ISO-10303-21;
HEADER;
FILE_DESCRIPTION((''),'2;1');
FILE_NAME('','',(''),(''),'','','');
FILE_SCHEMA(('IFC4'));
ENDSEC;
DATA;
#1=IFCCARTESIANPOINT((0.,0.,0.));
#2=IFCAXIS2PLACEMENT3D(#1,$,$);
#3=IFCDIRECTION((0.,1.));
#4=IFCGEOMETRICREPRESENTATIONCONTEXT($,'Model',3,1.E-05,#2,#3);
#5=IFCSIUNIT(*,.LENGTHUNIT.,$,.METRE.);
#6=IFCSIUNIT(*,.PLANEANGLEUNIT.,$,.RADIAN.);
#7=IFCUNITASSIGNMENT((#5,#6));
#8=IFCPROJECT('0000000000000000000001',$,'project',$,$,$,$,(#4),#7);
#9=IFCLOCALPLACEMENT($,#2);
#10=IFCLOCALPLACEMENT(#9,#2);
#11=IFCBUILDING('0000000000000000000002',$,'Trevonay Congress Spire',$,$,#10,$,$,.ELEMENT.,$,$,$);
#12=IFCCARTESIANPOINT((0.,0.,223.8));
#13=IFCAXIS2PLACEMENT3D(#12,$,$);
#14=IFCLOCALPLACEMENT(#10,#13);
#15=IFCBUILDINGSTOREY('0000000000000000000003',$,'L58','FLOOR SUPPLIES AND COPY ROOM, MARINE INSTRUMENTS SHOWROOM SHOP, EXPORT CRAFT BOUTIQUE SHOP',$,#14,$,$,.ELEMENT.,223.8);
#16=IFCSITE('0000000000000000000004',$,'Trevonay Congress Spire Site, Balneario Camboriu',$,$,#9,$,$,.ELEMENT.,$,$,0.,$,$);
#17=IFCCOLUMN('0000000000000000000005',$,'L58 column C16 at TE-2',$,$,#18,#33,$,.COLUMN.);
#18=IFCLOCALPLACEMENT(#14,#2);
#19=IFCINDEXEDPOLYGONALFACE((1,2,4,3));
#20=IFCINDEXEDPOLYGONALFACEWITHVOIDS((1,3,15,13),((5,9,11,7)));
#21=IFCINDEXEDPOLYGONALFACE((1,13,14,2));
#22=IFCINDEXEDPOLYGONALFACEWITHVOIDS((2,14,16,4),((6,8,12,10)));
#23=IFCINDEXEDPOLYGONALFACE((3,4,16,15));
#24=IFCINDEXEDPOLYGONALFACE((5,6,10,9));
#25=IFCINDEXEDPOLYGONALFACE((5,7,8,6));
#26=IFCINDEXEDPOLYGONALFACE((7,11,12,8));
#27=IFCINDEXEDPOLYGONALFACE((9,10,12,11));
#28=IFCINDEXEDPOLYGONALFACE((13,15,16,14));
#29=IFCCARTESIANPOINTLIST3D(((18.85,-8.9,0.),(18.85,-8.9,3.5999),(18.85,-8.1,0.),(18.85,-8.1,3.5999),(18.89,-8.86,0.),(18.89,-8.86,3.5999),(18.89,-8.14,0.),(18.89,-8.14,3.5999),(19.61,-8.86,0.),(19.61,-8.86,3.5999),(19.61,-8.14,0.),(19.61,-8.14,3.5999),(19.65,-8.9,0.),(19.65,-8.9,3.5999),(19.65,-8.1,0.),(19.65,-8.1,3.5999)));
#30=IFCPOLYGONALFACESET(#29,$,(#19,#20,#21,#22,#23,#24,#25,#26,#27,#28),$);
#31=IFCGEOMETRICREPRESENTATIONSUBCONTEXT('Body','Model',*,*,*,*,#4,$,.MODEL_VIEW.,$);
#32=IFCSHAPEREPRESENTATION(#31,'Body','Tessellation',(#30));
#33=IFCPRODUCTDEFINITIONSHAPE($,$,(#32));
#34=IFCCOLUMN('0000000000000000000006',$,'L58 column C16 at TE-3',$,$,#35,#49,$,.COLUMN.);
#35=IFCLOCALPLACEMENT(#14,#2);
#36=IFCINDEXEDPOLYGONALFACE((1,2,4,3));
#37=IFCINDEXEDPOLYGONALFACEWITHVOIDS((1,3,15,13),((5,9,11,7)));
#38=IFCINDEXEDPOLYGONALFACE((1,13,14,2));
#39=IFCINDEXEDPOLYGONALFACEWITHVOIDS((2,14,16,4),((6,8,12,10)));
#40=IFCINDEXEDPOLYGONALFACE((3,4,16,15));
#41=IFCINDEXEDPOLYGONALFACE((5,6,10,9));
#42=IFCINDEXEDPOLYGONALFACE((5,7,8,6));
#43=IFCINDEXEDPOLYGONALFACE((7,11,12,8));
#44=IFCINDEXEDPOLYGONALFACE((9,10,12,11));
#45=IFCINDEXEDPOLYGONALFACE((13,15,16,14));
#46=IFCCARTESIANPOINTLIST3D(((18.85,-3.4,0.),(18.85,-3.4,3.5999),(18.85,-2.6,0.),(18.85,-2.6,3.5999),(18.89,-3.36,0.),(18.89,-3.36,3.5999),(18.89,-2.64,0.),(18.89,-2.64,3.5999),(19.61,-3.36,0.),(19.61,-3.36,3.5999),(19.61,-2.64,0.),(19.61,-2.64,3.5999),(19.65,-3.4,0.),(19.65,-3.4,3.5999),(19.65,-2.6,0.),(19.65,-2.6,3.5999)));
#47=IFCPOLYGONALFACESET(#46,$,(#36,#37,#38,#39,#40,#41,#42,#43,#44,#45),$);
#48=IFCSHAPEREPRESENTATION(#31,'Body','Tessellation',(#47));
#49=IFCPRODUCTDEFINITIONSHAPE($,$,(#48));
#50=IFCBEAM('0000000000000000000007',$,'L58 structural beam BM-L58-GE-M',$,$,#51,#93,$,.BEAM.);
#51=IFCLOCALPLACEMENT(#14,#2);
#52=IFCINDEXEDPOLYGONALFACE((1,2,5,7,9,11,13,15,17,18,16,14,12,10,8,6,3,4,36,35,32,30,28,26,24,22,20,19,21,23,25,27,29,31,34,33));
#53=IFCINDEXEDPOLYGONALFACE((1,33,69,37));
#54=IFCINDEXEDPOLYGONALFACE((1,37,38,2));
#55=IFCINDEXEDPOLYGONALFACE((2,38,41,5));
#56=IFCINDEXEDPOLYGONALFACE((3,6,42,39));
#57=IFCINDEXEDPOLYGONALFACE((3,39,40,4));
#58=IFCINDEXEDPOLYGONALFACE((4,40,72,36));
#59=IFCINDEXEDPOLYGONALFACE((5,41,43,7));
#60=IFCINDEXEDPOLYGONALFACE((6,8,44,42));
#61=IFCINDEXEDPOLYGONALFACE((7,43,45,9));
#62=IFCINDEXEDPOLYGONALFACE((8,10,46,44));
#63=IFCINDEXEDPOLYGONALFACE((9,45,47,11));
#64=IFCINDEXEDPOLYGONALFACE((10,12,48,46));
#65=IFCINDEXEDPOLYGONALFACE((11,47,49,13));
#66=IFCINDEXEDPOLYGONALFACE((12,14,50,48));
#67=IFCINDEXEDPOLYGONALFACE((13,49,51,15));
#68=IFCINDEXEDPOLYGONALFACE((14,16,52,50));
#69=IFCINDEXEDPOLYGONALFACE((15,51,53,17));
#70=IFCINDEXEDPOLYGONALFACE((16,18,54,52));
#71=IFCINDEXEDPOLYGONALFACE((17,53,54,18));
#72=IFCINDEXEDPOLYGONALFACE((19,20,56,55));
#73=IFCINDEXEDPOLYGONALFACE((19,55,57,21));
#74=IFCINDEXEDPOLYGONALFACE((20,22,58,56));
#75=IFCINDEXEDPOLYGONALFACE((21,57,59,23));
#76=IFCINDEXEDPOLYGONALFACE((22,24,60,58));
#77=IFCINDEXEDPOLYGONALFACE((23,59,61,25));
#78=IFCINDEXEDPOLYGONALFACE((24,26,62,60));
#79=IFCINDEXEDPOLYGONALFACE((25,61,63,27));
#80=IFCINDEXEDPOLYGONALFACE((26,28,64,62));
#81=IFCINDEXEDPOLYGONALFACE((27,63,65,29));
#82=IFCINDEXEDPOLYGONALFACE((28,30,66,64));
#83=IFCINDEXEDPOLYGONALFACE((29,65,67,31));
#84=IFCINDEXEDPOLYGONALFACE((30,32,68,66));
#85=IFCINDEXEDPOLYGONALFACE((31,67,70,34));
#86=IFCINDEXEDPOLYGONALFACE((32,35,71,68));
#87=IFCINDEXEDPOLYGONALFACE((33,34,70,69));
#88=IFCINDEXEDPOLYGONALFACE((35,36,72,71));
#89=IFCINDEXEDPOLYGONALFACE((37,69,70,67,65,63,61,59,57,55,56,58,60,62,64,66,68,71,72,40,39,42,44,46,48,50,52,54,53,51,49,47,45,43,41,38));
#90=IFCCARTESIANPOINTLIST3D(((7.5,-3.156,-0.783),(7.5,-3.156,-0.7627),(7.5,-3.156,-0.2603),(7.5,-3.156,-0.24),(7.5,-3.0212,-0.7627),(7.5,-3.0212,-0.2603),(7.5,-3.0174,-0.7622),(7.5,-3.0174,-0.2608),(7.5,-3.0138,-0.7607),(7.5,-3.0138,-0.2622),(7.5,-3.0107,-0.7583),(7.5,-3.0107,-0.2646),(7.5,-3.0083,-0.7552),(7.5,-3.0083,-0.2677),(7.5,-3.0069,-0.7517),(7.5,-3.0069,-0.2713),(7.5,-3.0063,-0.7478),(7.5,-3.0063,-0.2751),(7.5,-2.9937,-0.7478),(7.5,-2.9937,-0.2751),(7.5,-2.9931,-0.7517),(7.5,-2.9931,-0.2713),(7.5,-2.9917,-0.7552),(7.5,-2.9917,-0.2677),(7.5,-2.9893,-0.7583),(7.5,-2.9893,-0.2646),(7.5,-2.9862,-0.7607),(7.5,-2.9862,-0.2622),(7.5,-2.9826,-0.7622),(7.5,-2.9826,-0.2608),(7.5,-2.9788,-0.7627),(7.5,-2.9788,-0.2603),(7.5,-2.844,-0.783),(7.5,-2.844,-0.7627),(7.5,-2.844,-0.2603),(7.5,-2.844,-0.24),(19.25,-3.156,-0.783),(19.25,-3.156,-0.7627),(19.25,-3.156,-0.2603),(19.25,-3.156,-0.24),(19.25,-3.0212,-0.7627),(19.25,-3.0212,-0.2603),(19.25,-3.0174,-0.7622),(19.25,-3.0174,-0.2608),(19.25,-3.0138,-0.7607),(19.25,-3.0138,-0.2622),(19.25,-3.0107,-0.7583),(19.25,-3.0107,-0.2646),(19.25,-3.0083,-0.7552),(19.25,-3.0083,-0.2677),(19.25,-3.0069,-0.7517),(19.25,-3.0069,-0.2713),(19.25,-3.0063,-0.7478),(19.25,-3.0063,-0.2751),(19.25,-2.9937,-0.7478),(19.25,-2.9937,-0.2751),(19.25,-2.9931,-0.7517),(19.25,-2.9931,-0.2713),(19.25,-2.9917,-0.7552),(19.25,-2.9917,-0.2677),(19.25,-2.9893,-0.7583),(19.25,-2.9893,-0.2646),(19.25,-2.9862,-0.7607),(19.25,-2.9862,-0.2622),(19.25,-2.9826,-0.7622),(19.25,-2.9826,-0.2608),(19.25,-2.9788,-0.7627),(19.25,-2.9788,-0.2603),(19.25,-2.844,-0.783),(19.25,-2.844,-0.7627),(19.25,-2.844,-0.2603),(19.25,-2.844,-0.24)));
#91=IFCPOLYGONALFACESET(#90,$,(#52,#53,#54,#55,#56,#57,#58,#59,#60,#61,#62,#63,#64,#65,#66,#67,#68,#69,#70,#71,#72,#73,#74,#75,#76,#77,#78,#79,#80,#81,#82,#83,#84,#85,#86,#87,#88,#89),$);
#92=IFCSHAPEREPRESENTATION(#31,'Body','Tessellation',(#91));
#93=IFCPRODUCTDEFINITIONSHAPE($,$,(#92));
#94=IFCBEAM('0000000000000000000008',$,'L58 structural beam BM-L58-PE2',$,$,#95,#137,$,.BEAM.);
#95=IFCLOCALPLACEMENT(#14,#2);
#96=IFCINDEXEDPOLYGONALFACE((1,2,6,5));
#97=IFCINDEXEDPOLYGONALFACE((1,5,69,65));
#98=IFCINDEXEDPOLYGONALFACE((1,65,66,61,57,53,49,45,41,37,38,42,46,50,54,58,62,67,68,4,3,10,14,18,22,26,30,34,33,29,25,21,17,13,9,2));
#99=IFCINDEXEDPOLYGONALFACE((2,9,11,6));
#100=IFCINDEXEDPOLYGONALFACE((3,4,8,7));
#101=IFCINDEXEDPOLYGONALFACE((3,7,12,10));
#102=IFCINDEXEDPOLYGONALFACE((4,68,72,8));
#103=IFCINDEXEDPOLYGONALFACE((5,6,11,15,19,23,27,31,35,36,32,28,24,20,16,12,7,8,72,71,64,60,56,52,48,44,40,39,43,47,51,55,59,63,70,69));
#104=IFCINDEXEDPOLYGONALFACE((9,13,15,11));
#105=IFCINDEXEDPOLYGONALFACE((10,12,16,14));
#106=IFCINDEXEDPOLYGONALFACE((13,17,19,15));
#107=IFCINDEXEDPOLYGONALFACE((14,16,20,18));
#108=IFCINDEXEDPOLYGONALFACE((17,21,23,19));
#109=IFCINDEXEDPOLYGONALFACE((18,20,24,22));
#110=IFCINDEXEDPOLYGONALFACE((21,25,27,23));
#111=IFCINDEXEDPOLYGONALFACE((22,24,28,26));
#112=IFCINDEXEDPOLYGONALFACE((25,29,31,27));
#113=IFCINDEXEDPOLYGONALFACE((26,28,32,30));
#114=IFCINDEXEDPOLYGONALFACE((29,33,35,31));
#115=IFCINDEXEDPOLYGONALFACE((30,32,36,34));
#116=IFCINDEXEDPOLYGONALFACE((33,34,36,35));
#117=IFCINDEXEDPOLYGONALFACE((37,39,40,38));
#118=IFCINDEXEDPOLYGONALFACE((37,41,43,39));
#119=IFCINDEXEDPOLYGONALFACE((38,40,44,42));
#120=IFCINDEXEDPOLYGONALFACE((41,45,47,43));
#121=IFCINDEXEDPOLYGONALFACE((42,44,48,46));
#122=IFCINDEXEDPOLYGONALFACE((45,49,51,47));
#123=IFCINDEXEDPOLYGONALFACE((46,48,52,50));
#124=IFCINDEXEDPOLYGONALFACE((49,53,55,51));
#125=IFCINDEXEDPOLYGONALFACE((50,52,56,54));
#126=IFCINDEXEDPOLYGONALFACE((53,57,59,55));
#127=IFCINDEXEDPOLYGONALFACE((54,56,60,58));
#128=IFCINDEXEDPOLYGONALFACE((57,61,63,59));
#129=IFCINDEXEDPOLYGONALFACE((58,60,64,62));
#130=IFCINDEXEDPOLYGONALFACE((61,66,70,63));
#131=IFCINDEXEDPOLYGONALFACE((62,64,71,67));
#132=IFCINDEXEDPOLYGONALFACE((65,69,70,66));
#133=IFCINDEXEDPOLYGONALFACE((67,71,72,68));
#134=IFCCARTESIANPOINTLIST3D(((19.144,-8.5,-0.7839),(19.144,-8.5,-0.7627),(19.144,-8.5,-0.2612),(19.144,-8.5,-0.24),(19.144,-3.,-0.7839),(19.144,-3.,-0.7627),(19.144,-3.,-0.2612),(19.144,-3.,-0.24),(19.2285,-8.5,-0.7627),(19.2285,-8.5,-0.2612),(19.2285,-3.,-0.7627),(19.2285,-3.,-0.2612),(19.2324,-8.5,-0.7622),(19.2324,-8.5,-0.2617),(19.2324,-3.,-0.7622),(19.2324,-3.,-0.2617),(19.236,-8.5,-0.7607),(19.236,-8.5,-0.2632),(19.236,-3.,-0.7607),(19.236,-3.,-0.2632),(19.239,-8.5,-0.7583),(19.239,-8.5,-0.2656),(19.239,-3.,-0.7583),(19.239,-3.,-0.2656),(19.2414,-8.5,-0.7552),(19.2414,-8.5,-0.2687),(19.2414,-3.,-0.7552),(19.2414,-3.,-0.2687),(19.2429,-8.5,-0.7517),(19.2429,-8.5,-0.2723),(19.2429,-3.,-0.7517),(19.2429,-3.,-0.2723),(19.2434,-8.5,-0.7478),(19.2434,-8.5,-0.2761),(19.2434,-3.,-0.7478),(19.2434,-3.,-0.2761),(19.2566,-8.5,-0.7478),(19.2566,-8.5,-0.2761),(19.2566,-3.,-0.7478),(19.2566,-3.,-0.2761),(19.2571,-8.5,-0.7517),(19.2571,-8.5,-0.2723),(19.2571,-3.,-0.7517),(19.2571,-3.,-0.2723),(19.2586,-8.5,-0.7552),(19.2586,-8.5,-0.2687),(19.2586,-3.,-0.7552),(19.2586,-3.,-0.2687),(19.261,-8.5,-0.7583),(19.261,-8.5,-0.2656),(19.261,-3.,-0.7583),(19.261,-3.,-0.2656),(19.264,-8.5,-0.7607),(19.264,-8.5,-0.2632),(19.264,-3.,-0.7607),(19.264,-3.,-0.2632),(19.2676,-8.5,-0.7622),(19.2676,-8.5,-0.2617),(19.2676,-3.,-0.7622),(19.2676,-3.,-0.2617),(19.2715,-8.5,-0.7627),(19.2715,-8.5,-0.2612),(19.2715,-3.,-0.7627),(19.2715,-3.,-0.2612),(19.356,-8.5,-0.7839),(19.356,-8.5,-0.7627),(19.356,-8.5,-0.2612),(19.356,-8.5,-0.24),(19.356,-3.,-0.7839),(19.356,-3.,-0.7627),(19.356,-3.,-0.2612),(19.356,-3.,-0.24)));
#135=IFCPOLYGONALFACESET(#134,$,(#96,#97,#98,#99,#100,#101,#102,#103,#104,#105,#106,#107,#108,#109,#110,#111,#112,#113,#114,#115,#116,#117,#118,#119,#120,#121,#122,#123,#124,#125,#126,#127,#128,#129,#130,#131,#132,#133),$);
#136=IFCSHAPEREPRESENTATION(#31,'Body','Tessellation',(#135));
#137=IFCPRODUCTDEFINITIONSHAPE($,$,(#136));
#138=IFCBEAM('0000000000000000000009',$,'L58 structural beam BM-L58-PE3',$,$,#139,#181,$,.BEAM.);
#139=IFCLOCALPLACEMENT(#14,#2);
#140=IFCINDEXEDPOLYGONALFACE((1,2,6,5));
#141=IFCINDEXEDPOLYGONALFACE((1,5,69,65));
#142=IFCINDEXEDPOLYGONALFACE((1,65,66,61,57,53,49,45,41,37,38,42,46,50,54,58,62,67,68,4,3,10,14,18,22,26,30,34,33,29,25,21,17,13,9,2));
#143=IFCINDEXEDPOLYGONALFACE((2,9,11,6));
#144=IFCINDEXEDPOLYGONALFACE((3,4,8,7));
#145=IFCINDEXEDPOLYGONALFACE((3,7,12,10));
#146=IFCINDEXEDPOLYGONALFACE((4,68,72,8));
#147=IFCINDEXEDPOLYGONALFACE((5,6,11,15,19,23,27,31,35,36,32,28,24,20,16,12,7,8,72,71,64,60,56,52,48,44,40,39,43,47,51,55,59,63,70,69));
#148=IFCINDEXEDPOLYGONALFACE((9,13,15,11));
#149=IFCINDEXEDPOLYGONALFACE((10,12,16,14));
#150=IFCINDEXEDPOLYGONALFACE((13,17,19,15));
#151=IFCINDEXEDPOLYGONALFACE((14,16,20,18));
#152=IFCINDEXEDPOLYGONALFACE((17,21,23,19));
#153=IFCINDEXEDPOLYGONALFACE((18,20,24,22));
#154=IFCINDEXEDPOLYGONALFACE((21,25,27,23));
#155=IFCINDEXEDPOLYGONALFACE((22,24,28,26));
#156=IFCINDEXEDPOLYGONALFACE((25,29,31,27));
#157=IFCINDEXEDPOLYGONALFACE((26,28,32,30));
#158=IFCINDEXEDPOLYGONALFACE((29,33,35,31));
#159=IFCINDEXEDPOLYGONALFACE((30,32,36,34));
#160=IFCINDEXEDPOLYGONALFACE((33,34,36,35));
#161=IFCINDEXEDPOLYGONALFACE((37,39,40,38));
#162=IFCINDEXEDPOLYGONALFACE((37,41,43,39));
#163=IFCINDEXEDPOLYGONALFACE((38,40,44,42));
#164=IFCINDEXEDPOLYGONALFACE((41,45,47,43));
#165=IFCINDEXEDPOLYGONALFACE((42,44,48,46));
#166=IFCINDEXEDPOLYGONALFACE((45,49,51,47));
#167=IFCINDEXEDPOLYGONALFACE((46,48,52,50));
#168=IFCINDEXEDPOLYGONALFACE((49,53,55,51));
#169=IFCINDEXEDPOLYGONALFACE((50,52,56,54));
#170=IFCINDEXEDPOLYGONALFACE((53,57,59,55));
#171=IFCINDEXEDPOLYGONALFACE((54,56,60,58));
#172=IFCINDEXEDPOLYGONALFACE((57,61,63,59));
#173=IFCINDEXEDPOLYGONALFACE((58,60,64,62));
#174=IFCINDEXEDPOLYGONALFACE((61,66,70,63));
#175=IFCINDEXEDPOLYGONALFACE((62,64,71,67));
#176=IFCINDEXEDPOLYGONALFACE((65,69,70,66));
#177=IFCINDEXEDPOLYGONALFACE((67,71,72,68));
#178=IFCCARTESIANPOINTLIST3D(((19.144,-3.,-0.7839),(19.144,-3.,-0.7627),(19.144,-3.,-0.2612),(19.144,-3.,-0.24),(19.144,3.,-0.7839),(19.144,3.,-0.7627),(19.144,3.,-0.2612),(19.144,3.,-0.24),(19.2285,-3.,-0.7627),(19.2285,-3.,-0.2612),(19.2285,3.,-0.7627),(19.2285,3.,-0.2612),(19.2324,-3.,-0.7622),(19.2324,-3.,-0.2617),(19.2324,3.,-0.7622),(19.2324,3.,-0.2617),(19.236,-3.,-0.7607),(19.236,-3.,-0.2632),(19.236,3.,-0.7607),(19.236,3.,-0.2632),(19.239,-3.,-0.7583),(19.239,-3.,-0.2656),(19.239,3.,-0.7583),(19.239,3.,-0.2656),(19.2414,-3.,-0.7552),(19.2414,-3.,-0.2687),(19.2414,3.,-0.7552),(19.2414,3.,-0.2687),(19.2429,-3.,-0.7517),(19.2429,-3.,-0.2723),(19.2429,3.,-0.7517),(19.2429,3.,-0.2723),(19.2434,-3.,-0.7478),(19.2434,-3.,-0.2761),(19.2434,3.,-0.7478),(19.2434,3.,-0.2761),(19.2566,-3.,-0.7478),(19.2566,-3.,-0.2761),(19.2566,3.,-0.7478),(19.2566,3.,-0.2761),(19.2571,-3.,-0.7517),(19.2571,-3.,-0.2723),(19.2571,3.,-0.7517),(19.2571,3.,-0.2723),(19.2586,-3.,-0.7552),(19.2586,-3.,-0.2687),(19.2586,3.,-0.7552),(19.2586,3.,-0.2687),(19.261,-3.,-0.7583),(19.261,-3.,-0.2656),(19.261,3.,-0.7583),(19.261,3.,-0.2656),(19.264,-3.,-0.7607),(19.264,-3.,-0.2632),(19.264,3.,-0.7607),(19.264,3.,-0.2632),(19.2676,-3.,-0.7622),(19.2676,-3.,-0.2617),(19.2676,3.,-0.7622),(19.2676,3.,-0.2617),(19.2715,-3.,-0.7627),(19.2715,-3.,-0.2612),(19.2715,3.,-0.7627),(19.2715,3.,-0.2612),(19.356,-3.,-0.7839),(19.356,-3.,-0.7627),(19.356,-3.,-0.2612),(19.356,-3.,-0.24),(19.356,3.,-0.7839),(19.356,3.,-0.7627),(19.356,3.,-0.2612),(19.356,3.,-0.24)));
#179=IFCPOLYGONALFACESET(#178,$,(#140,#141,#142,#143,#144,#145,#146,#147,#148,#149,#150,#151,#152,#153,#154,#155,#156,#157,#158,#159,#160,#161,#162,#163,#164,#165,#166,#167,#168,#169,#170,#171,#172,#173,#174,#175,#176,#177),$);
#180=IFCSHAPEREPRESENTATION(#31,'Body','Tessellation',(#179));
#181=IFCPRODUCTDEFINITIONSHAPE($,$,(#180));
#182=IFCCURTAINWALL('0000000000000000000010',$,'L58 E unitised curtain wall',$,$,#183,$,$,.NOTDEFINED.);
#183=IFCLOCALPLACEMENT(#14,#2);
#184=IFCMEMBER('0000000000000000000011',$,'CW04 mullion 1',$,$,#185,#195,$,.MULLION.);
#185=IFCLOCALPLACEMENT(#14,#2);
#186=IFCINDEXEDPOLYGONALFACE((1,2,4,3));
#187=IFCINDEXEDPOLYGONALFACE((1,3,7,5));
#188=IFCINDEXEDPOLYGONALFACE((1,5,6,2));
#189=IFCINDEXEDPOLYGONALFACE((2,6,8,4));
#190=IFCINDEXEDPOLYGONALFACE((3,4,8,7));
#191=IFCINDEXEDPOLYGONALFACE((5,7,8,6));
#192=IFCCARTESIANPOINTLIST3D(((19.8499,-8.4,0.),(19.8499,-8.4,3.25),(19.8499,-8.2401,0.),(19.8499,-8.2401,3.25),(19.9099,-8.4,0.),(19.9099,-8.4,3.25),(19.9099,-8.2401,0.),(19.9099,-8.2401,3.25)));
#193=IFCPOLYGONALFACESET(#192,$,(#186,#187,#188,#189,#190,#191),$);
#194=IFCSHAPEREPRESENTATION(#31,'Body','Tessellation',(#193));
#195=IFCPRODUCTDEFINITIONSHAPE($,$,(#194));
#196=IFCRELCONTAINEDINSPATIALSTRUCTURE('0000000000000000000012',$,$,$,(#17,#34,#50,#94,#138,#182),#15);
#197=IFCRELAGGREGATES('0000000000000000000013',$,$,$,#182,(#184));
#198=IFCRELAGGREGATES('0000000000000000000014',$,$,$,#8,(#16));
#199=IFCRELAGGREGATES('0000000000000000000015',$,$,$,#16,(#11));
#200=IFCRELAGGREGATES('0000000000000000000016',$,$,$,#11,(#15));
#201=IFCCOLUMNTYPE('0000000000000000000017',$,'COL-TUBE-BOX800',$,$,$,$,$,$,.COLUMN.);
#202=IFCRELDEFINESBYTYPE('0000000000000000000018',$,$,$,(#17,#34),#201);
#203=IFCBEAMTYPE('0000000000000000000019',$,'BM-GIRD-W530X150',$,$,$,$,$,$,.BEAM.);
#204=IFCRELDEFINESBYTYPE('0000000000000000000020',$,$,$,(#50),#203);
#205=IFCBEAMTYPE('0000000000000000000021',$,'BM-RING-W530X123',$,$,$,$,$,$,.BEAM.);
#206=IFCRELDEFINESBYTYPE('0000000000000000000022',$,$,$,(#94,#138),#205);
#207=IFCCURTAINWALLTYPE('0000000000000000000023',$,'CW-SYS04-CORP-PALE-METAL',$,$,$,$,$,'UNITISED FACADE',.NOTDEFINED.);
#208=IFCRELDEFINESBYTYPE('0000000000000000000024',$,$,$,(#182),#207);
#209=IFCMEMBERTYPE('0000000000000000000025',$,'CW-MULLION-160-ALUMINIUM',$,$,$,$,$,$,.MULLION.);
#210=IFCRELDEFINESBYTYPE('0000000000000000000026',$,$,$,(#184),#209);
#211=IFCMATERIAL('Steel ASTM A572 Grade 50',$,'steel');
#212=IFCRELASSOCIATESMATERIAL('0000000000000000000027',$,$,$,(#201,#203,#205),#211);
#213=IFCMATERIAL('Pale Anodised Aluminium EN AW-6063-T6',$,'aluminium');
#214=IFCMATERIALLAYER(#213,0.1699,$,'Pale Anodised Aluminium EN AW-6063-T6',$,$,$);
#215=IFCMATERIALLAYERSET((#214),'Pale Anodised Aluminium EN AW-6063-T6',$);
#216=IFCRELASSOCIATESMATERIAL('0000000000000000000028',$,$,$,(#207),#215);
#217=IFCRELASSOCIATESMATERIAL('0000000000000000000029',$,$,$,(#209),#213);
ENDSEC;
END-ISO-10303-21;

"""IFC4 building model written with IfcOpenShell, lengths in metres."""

from ifc_helpers import new_model, si_unit, direction, frame, origin, origin_2d, place, context, subcontext, project, spatial, rectangle, hollow_rectangle, i_section, extrude, material, layer, layer_set, material_profile, profile_set, type_object, element, aggregate, save


model = new_model("IFC4")

# Units and contexts
model_context = context("Model", 3, precision=1e-05, world=origin(), true_north=direction((0.0, 1.0)))
body_context = subcontext(model_context, "Body", "Model", "MODEL_VIEW")
ifc_project = project(units=[si_unit("LENGTHUNIT", "METRE"), si_unit("PLANEANGLEUNIT", "RADIAN")], contexts=[model_context])

# Site, building, storey
site_placement = place(None, origin())
site = spatial("IfcSite", under=ifc_project, at=site_placement, Name="Trevonay Congress Spire Site, Balneario Camboriu", CompositionType="ELEMENT", RefElevation=0.0)
building_placement = place(site_placement, origin())
building = spatial("IfcBuilding", under=site, at=building_placement, Name="Trevonay Congress Spire", CompositionType="ELEMENT")
storey_placement = place(building_placement, frame((0.0, 0.0, 223.8)))
storey = spatial("IfcBuildingStorey", under=building, at=storey_placement, Name="L58", Description="FLOOR SUPPLIES AND COPY ROOM, MARINE INSTRUMENTS SHOWROOM SHOP, EXPORT CRAFT BOUTIQUE SHOP", CompositionType="ELEMENT", Elevation=223.8)

# Columns
ifc_material_1 = material(Name="Steel ASTM A572 Grade 50", Category="steel")
ifc_material_profile_1 = material_profile(ifc_material_1, hollow_rectangle(XDim=0.8, YDim=0.8, WallThickness=0.04, at=origin_2d()), Name="BOX 800x800x40")
ifc_profile_set_1 = profile_set([ifc_material_profile_1], Name="Steel ASTM A572 Grade 50")
column_type = type_object("IfcColumnType", Name="COL-TUBE-BOX800", PredefinedType="COLUMN", material=ifc_profile_set_1)
for number, where, z_axis, x_axis, name in (
    (1, (19.25, -8.5, 0.0), (0.0, 0.0, 1.0), (1.0, 0.0, 0.0), "L58 column C16 at TE-2"),
    (2, (19.25, -3.0, 0.0), (0.0, 0.0, 1.0), (1.0, 0.0, 0.0), "L58 column C16 at TE-3"),
):
    element("IfcColumn", number, at=place(storey_placement, frame(where, z_axis=z_axis, x_axis=x_axis)), inside=storey, type_object=column_type, Name=name, PredefinedType="COLUMN", context=body_context, shape_type="SweptSolid", body=[
        extrude(hollow_rectangle(XDim=0.8, YDim=0.8, WallThickness=0.04, at=origin_2d()), origin(), (0.0, 0.0, 1.0), 3.5999),
    ])

# Beams
ifc_material_profile_2 = material_profile(ifc_material_1, i_section(OverallWidth=0.312, OverallDepth=0.543, WebThickness=0.0127, FlangeThickness=0.0203, FilletRadius=0.0149, at=origin_2d()), Name="W530x150")
ifc_profile_set_2 = profile_set([ifc_material_profile_2], Name="Steel ASTM A572 Grade 50")
beam_type_1 = type_object("IfcBeamType", Name="BM-GIRD-W530X150", PredefinedType="BEAM", material=ifc_profile_set_2)
beam_1_placement = place(storey_placement, frame((7.5, -3.0, -0.5115), z_axis=(1.0, 0.0, 0.0), x_axis=(0.0, 1.0, 0.0)))
element("IfcBeam", 3, at=beam_1_placement, inside=storey, type_object=beam_type_1, Name="L58 structural beam BM-L58-GE-M", PredefinedType="BEAM", context=body_context, shape_type="SweptSolid", body=[
    extrude(i_section(OverallWidth=0.312, OverallDepth=0.543, WebThickness=0.0127, FlangeThickness=0.0203, FilletRadius=0.0149, at=origin_2d()), origin(), (0.0, 0.0, 1.0), 11.75),
])
ifc_material_profile_3 = material_profile(ifc_material_1, i_section(OverallWidth=0.2119, OverallDepth=0.5439, WebThickness=0.0132, FlangeThickness=0.0212, FilletRadius=0.0149, at=origin_2d()), Name="W530x123")
ifc_profile_set_3 = profile_set([ifc_material_profile_3], Name="Steel ASTM A572 Grade 50")
beam_type_2 = type_object("IfcBeamType", Name="BM-RING-W530X123", PredefinedType="BEAM", material=ifc_profile_set_3)
beam_2_placement = place(storey_placement, frame((19.25, -8.5, -0.512), z_axis=(0.0, 1.0, 0.0), x_axis=(-1.0, 0.0, 0.0)))
element("IfcBeam", 4, at=beam_2_placement, inside=storey, type_object=beam_type_2, Name="L58 structural beam BM-L58-PE2", PredefinedType="BEAM", context=body_context, shape_type="SweptSolid", body=[
    extrude(i_section(OverallWidth=0.2119, OverallDepth=0.5439, WebThickness=0.0132, FlangeThickness=0.0212, FilletRadius=0.0149, at=origin_2d()), origin(), (0.0, 0.0, 1.0), 5.5),
])
beam_3_placement = place(storey_placement, frame((19.25, -3.0, -0.512), z_axis=(0.0, 1.0, 0.0), x_axis=(-1.0, 0.0, 0.0)))
element("IfcBeam", 5, at=beam_3_placement, inside=storey, type_object=beam_type_2, Name="L58 structural beam BM-L58-PE3", PredefinedType="BEAM", context=body_context, shape_type="SweptSolid", body=[
    extrude(i_section(OverallWidth=0.2119, OverallDepth=0.5439, WebThickness=0.0132, FlangeThickness=0.0212, FilletRadius=0.0149, at=origin_2d()), origin(), (0.0, 0.0, 1.0), 6.0),
])

# Curtain wall, member
ifc_material_2 = material(Name="Pale Anodised Aluminium EN AW-6063-T6", Category="aluminium")
ifc_layer_1 = layer(ifc_material_2, 0.1699, Name="Pale Anodised Aluminium EN AW-6063-T6")
ifc_layer_set_1 = layer_set([ifc_layer_1], Name="Pale Anodised Aluminium EN AW-6063-T6")
curtain_wall_type = type_object("IfcCurtainWallType", Name="CW-SYS04-CORP-PALE-METAL", ElementType="UNITISED FACADE", PredefinedType="NOTDEFINED", material=ifc_layer_set_1)
curtain_wall_placement = place(storey_placement, origin())
curtain_wall = element("IfcCurtainWall", 6, at=curtain_wall_placement, inside=storey, type_object=curtain_wall_type, Name="L58 E unitised curtain wall", PredefinedType="NOTDEFINED")
ifc_material_profile_4 = material_profile(ifc_material_2, rectangle(XDim=0.0601, YDim=0.1599, at=origin_2d()), Name="CW-MULLION-160-ALUMINIUM")
ifc_profile_set_4 = profile_set([ifc_material_profile_4], Name="Pale Anodised Aluminium EN AW-6063-T6")
member_type_1 = type_object("IfcMemberType", Name="CW-MULLION-160-ALUMINIUM", PredefinedType="MULLION", material=ifc_profile_set_4)
member_1_placement = place(storey_placement, frame((19.8799, -8.3201, 0.0), z_axis=(0.0, 0.0, 1.0), x_axis=(-1.0, 0.0, 0.0)))
member_1 = element("IfcMember", 7, at=member_1_placement, type_object=member_type_1, Name="CW04 mullion 1", PredefinedType="MULLION", context=body_context, shape_type="SweptSolid", body=[
    extrude(rectangle(XDim=0.0601, YDim=0.1599, at=origin_2d()), origin(), (0.0, 0.0, 1.0), 3.25),
])

aggregate(curtain_wall, [member_1])

save(model, "model.ifc")
